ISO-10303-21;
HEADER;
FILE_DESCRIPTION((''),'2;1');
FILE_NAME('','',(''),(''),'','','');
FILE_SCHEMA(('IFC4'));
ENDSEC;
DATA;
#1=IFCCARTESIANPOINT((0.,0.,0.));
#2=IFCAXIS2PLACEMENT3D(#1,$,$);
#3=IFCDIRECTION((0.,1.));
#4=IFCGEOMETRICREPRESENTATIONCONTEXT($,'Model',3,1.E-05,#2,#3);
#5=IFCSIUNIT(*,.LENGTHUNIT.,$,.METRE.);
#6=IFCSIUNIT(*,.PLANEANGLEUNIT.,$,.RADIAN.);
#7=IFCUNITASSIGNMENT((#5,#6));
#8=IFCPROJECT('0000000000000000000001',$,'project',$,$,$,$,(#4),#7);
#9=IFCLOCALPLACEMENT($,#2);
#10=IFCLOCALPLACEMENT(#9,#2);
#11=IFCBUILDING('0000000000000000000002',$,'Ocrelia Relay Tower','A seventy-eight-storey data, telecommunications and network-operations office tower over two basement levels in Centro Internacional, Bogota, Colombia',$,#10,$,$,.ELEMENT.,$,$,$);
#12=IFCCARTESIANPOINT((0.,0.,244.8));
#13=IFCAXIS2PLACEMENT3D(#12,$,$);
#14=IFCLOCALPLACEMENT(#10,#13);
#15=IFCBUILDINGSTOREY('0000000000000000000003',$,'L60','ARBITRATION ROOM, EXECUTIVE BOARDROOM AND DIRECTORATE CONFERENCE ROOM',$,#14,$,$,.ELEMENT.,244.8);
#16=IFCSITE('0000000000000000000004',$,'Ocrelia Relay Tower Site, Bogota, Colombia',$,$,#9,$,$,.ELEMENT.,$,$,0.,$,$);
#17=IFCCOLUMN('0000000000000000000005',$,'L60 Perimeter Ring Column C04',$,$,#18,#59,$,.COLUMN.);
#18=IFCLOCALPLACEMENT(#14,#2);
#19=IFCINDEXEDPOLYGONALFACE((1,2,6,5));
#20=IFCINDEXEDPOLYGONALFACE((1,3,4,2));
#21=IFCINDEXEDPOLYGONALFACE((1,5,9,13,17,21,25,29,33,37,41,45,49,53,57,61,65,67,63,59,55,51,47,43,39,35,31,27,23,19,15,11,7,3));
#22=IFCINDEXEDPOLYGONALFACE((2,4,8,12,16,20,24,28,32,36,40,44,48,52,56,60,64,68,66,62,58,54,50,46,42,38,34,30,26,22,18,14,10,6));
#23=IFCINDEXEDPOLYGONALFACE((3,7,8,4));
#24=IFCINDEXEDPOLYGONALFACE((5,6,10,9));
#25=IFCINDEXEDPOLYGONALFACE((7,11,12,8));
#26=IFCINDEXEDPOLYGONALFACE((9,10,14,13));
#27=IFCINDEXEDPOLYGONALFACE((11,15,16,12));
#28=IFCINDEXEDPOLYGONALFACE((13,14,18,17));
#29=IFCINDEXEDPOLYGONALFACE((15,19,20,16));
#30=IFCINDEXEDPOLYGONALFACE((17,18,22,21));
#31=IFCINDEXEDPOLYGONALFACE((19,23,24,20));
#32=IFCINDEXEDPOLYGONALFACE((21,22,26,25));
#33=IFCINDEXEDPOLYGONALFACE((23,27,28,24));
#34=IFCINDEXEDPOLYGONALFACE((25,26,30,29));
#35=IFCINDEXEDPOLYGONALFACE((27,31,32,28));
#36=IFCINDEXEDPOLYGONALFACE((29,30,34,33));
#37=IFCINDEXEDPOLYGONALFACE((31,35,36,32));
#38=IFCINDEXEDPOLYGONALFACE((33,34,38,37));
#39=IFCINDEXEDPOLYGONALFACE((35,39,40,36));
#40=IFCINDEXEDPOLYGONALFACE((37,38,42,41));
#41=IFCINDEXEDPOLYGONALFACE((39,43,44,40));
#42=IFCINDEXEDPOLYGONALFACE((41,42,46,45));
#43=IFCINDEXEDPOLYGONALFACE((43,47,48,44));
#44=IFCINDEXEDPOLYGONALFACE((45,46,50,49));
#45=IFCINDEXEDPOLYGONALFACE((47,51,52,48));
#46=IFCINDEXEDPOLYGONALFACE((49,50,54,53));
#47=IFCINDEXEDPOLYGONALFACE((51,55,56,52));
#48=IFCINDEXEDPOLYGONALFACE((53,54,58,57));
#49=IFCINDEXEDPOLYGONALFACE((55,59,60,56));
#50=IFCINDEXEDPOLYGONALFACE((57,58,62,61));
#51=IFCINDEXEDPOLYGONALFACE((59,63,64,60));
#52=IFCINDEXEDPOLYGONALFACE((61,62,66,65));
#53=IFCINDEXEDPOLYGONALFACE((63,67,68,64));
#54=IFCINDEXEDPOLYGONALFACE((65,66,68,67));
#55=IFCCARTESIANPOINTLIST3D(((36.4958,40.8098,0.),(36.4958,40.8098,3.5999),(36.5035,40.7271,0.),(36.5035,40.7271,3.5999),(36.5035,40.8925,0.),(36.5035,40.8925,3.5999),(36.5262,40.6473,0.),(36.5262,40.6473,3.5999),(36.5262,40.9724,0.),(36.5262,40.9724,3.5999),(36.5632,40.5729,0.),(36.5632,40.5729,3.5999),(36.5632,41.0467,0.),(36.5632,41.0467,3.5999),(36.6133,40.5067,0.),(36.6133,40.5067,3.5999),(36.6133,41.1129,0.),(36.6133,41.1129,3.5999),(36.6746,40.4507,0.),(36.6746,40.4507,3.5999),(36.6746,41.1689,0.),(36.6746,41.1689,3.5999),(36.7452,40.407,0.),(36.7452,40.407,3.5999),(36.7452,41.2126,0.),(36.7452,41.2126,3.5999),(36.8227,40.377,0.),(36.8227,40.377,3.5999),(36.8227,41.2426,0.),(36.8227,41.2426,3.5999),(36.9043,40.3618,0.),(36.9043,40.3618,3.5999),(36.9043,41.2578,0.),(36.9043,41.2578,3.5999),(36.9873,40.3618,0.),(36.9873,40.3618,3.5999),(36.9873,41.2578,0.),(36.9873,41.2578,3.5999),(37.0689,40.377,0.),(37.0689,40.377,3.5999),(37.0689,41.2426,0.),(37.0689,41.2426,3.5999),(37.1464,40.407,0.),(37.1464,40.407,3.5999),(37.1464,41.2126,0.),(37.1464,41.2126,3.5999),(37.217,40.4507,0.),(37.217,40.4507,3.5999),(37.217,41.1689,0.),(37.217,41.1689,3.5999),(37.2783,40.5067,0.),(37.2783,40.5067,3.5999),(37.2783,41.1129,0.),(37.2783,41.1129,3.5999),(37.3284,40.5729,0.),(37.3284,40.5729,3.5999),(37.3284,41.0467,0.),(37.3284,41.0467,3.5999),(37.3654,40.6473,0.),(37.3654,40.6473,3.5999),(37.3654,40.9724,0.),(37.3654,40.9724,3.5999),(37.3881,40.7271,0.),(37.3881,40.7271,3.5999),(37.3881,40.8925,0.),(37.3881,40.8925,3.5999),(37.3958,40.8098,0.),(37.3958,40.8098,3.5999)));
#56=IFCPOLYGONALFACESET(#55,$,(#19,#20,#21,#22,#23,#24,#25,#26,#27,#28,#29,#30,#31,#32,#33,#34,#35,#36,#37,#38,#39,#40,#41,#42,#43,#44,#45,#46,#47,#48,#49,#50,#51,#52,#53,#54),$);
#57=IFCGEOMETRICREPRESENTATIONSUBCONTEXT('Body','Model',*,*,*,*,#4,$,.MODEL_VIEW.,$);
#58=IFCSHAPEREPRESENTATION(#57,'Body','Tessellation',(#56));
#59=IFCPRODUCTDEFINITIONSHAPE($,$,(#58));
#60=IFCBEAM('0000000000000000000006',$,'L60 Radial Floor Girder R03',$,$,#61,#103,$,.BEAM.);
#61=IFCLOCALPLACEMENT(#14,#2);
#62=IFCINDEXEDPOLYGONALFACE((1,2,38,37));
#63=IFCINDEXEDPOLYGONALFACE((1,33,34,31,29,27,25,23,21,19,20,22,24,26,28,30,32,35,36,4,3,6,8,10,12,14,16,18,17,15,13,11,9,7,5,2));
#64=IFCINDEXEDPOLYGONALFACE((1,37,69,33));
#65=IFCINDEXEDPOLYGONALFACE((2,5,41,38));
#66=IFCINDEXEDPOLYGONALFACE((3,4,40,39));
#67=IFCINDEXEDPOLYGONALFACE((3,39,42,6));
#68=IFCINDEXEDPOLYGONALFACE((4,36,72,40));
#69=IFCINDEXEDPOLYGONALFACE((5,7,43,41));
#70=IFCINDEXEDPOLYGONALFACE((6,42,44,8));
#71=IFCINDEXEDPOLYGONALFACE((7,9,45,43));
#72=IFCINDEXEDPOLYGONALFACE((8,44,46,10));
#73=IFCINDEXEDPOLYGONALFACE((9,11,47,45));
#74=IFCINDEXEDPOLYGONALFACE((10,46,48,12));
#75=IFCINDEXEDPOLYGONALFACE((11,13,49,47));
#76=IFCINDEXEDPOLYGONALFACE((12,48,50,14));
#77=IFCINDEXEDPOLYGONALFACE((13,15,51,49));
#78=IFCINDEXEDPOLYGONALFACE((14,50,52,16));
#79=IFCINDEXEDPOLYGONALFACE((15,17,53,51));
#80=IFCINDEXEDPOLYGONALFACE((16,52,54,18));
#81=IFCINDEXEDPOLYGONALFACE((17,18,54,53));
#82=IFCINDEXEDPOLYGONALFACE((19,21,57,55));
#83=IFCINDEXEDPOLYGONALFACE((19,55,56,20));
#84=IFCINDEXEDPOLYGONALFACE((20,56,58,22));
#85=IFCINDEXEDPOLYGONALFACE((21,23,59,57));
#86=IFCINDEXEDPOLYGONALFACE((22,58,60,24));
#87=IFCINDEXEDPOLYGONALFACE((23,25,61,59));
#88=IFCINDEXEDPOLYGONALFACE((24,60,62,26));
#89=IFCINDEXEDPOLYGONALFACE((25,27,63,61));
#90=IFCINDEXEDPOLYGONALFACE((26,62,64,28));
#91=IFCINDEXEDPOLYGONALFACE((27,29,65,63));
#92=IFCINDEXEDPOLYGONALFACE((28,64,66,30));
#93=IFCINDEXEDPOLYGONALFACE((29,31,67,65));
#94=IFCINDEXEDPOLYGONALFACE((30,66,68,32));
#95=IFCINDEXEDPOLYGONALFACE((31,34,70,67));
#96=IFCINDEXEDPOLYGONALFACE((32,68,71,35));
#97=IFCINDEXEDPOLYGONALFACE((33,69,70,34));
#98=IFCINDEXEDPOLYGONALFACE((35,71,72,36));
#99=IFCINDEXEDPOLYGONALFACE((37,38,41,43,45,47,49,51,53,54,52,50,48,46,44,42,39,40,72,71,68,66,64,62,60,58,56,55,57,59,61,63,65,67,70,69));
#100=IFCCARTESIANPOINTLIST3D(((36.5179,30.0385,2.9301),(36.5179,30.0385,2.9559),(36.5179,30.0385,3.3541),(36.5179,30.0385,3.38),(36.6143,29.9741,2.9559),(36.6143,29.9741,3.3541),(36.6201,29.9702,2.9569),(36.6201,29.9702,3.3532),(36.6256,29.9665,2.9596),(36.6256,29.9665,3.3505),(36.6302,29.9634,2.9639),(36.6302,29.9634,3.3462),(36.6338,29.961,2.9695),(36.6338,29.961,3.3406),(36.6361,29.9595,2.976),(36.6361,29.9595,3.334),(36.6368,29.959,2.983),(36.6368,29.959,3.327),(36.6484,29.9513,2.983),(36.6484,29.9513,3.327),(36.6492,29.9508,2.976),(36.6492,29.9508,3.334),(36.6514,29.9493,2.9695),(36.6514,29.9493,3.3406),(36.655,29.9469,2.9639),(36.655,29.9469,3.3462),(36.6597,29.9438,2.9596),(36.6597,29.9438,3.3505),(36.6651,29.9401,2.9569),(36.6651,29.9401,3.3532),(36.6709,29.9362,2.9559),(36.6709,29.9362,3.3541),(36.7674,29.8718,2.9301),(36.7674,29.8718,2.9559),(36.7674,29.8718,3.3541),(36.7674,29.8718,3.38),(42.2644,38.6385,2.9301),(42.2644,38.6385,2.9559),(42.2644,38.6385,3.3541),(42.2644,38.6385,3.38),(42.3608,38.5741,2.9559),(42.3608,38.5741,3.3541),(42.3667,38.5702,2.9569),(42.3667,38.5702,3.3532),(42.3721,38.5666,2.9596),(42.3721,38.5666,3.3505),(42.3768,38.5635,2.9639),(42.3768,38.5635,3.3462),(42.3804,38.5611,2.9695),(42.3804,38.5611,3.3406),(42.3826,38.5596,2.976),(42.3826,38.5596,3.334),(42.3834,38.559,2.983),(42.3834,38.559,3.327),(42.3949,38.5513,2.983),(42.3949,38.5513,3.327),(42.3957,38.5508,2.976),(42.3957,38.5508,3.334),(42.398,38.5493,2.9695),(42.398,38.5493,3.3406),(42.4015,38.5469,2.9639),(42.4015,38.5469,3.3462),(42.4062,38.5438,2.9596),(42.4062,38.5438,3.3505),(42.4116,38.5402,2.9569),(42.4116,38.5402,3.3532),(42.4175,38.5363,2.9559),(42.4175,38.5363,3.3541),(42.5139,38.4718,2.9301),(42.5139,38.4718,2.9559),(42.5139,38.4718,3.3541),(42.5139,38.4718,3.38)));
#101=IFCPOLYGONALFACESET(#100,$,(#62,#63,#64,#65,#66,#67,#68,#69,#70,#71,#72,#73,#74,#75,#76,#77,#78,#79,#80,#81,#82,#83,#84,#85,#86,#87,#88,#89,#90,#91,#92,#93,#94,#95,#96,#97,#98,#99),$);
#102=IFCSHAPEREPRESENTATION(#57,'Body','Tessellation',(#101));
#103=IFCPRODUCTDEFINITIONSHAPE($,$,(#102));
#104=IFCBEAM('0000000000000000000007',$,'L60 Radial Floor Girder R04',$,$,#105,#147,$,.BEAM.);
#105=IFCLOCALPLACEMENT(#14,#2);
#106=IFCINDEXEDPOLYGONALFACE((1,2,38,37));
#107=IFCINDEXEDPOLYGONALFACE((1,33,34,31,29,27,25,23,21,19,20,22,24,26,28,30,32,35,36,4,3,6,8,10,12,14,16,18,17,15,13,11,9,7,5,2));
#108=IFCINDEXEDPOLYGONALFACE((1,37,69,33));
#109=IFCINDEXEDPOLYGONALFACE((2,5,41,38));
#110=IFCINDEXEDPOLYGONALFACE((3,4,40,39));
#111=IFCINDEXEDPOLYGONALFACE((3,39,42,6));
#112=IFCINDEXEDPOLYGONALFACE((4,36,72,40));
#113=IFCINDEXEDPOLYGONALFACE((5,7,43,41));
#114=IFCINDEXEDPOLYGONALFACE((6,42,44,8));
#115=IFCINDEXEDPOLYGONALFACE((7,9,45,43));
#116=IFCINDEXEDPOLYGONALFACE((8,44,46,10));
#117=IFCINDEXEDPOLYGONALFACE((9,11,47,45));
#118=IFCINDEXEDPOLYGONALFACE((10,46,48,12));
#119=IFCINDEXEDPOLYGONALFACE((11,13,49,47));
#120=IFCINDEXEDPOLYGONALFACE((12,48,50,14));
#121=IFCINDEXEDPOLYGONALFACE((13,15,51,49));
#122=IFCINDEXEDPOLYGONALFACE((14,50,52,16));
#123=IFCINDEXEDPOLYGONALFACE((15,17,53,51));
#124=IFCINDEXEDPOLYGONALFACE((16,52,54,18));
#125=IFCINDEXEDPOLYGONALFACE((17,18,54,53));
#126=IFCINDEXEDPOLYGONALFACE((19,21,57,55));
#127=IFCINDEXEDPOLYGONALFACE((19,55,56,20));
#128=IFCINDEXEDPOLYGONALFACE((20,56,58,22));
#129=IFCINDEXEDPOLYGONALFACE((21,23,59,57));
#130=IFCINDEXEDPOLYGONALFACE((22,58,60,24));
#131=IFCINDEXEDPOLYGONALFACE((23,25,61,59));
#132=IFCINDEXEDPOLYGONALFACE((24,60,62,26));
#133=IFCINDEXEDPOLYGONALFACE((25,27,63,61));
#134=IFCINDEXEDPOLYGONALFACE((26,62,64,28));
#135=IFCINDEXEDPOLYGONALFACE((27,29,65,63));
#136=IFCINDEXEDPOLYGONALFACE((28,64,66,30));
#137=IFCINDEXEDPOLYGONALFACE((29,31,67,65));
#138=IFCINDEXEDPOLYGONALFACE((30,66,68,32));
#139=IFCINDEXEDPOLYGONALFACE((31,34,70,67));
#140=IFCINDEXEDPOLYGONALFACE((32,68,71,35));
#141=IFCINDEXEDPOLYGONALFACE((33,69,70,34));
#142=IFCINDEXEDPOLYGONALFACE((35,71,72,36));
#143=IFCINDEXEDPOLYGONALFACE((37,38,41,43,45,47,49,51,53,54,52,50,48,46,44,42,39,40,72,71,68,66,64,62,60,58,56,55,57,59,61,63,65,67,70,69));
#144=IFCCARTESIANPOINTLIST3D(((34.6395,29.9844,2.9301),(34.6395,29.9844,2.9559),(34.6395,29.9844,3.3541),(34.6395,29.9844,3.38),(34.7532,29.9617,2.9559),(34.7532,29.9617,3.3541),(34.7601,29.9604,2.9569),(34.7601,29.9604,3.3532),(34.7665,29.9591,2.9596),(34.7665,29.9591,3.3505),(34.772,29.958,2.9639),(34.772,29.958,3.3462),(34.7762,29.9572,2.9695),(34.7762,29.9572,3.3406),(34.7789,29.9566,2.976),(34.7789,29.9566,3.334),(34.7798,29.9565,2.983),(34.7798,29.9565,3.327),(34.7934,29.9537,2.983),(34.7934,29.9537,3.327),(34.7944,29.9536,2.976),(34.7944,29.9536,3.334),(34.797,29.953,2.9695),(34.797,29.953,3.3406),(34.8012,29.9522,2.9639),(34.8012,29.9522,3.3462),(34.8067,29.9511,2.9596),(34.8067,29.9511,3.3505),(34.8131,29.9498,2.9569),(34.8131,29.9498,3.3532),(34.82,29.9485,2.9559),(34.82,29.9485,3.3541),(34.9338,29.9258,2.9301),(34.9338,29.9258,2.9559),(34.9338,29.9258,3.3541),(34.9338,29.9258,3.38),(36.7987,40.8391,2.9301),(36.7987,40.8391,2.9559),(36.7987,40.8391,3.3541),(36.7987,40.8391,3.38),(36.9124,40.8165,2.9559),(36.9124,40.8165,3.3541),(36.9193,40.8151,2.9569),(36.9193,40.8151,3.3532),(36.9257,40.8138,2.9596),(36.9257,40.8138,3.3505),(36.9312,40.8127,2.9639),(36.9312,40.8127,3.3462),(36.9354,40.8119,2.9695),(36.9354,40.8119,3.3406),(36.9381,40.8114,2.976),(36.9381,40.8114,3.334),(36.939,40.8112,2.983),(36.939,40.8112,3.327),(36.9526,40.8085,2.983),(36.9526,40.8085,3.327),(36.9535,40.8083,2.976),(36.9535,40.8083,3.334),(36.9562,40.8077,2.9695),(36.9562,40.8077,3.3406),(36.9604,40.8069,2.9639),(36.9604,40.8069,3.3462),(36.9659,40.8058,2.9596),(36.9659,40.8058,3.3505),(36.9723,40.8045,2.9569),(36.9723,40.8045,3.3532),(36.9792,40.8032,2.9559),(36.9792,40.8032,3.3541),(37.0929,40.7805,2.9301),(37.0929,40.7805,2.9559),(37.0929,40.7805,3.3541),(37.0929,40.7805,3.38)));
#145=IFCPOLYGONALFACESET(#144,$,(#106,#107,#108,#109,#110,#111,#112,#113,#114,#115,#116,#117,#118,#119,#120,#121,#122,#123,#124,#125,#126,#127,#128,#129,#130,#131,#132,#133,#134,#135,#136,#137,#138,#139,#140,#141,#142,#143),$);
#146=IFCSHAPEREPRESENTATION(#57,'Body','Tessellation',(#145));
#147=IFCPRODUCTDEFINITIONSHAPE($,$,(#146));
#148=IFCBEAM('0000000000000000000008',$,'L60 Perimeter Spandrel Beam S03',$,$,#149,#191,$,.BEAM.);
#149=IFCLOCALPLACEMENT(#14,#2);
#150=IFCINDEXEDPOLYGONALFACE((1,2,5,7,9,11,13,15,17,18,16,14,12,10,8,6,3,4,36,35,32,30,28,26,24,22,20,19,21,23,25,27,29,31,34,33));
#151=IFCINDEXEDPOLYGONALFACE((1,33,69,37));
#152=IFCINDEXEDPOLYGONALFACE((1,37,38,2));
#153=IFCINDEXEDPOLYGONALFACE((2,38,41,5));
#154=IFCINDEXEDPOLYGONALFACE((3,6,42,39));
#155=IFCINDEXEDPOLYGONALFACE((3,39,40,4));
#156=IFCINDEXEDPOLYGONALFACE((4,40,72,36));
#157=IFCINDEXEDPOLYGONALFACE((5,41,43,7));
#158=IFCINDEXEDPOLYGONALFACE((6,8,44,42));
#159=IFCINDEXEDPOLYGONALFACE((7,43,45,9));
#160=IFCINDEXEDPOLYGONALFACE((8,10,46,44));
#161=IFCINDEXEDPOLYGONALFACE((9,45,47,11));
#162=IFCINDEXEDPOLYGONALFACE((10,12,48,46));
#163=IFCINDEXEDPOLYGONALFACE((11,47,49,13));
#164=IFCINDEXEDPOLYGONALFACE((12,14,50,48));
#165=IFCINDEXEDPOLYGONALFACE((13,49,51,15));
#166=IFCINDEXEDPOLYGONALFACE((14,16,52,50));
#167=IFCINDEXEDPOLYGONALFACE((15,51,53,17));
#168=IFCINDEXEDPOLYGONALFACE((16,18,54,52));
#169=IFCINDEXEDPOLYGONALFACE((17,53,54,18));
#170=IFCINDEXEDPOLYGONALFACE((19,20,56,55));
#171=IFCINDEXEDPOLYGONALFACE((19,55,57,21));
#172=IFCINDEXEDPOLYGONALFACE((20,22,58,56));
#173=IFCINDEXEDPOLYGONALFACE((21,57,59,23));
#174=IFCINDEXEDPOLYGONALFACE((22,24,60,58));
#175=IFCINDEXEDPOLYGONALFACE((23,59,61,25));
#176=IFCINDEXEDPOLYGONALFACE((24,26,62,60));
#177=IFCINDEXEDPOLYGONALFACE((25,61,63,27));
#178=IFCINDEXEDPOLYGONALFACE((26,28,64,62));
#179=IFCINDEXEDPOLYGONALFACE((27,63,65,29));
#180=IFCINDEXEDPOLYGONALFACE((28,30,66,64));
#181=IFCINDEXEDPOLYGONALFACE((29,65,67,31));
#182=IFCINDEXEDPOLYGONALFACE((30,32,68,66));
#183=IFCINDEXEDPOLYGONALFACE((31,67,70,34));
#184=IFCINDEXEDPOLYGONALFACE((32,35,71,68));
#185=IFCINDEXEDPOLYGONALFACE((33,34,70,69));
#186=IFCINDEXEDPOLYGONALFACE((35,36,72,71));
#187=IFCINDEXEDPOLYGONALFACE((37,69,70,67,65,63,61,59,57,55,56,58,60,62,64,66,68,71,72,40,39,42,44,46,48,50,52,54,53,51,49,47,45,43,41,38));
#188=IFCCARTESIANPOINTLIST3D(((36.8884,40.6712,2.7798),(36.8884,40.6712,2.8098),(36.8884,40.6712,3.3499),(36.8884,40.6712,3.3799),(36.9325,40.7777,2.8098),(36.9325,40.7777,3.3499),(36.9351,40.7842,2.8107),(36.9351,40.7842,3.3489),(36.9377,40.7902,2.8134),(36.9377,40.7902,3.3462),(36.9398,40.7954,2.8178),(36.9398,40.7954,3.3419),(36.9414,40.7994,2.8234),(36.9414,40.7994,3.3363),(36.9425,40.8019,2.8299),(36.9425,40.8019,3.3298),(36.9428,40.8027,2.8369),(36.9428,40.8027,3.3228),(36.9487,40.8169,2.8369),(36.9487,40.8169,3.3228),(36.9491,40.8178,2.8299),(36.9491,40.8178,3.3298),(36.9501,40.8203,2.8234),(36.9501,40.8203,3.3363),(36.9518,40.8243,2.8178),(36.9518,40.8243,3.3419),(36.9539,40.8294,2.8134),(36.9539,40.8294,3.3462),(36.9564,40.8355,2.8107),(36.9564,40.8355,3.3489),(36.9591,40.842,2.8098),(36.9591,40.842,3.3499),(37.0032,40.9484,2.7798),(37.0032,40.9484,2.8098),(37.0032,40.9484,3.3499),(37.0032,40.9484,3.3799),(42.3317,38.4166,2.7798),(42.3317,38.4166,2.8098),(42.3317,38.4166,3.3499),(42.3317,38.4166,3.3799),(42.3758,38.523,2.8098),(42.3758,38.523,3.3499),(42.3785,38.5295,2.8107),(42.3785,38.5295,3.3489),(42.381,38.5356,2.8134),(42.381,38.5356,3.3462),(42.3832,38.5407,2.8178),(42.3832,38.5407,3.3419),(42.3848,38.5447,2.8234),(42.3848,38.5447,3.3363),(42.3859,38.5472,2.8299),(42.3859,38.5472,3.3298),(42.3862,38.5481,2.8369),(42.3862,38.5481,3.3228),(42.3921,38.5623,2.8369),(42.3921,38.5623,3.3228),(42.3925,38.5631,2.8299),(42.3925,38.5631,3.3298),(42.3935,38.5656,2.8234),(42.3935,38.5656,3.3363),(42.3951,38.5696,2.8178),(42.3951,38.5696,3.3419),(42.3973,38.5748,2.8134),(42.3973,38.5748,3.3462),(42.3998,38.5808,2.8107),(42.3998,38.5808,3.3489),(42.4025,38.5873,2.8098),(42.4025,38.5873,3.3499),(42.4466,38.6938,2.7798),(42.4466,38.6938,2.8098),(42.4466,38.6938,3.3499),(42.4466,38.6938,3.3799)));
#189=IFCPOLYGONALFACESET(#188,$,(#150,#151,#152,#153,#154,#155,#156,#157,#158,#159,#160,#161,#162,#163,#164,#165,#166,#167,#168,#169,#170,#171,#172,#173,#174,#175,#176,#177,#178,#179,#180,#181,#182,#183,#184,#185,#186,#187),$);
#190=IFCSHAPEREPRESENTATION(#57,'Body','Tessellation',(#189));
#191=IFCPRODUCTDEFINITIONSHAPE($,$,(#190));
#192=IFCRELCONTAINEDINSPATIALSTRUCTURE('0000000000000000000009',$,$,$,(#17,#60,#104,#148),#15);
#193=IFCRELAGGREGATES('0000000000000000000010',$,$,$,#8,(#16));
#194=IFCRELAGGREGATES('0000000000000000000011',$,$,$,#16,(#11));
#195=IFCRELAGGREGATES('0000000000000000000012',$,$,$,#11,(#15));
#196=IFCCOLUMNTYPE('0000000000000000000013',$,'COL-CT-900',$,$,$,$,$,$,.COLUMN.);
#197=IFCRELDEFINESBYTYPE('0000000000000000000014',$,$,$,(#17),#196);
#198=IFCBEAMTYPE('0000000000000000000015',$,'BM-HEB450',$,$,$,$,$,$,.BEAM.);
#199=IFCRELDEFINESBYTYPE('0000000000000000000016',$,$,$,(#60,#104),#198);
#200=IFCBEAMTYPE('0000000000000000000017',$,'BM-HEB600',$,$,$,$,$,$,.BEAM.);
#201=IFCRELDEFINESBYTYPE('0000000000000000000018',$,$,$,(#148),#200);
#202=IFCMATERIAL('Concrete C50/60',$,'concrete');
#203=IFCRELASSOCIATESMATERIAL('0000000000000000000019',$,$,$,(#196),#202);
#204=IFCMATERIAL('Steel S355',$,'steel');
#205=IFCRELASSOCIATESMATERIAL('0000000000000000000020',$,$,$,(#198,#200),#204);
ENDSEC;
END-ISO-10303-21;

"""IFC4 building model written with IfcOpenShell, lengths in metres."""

from ifc_helpers import new_model, si_unit, direction, frame, origin, origin_2d, place, context, subcontext, project, spatial, circle, i_section, extrude, material, material_profile, profile_set, type_object, element, save


model = new_model("IFC4")

# Units and contexts
model_context = context("Model", 3, precision=1e-05, world=origin(), true_north=direction((0.0, 1.0)))
body_context = subcontext(model_context, "Body", "Model", "MODEL_VIEW")
ifc_project = project(units=[si_unit("LENGTHUNIT", "METRE"), si_unit("PLANEANGLEUNIT", "RADIAN")], contexts=[model_context])

# Site, building, storey
site_placement = place(None, origin())
site = spatial("IfcSite", under=ifc_project, at=site_placement, Name="Ocrelia Relay Tower Site, Bogota, Colombia", CompositionType="ELEMENT", RefElevation=0.0)
building_placement = place(site_placement, origin())
building = spatial("IfcBuilding", under=site, at=building_placement, Name="Ocrelia Relay Tower", Description="A seventy-eight-storey data, telecommunications and network-operations office tower over two basement levels in Centro Internacional, Bogota, Colombia", CompositionType="ELEMENT")
storey_placement = place(building_placement, frame((0.0, 0.0, 244.8)))
storey = spatial("IfcBuildingStorey", under=building, at=storey_placement, Name="L60", Description="ARBITRATION ROOM, EXECUTIVE BOARDROOM AND DIRECTORATE CONFERENCE ROOM", CompositionType="ELEMENT", Elevation=244.8)

# Column
ifc_material_1 = material(Name="Concrete C50/60", Category="concrete")
ifc_material_profile_1 = material_profile(ifc_material_1, circle(Radius=0.45, at=origin_2d()), Name="RC-CIR-900")
ifc_profile_set_1 = profile_set([ifc_material_profile_1], Name="Concrete C50/60")
column_type = type_object("IfcColumnType", Name="COL-CT-900", PredefinedType="COLUMN", material=ifc_profile_set_1)
column_placement = place(storey_placement, frame((36.9458, 40.8098, 0.0), z_axis=(0.0, 0.0, 1.0), x_axis=(1.0, 0.0, 0.0)))
element("IfcColumn", 1, at=column_placement, inside=storey, type_object=column_type, Name="L60 Perimeter Ring Column C04", PredefinedType="COLUMN", context=body_context, shape_type="SweptSolid", body=[
    extrude(circle(Radius=0.45, at=origin_2d()), origin(), (0.0, 0.0, 1.0), 3.5999),
])

# Beams
ifc_material_2 = material(Name="Steel S355", Category="steel")
ifc_material_profile_2 = material_profile(ifc_material_2, i_section(OverallWidth=0.3, OverallDepth=0.45, WebThickness=0.0139, FlangeThickness=0.0259, FilletRadius=0.0271, at=origin_2d()), Name="HEB 450")
ifc_profile_set_2 = profile_set([ifc_material_profile_2], Name="Steel S355")
beam_type_1 = type_object("IfcBeamType", Name="BM-HEB450", PredefinedType="BEAM", material=ifc_profile_set_2)
beam_1_placement = place(storey_placement, frame((42.3892, 38.5552, 3.155), z_axis=(-0.555582, -0.831462, 0.0), x_axis=(0.831462, -0.555582, 0.0)))
element("IfcBeam", 2, at=beam_1_placement, inside=storey, type_object=beam_type_1, Name="L60 Radial Floor Girder R03", PredefinedType="BEAM", context=body_context, shape_type="SweptSolid", body=[
    extrude(i_section(OverallWidth=0.3, OverallDepth=0.45, WebThickness=0.0139, FlangeThickness=0.0259, FilletRadius=0.0271, at=origin_2d()), origin(), (0.0, 0.0, 1.0), 10.3433),
])
beam_2_placement = place(storey_placement, frame((36.9458, 40.8098, 3.155), z_axis=(-0.195094, -0.980785, 0.0), x_axis=(0.980785, -0.195094, 0.0)))
element("IfcBeam", 3, at=beam_2_placement, inside=storey, type_object=beam_type_1, Name="L60 Radial Floor Girder R04", PredefinedType="BEAM", context=body_context, shape_type="SweptSolid", body=[
    extrude(i_section(OverallWidth=0.3, OverallDepth=0.45, WebThickness=0.0139, FlangeThickness=0.0259, FilletRadius=0.0271, at=origin_2d()), origin(), (0.0, 0.0, 1.0), 11.0674),
])
ifc_material_profile_3 = material_profile(ifc_material_2, i_section(OverallWidth=0.3, OverallDepth=0.6001, WebThickness=0.0154, FlangeThickness=0.03, FilletRadius=0.0271, at=origin_2d()), Name="HEB 600")
ifc_profile_set_3 = profile_set([ifc_material_profile_3], Name="Steel S355")
beam_type_2 = type_object("IfcBeamType", Name="BM-HEB600", PredefinedType="BEAM", material=ifc_profile_set_3)
beam_3_placement = place(storey_placement, frame((42.3892, 38.5552, 3.0798), z_axis=(-0.923884, 0.382673, 0.0), x_axis=(-0.382673, -0.923884, 0.0)))
element("IfcBeam", 4, at=beam_3_placement, inside=storey, type_object=beam_type_2, Name="L60 Perimeter Spandrel Beam S03", PredefinedType="BEAM", context=body_context, shape_type="SweptSolid", body=[
    extrude(i_section(OverallWidth=0.3, OverallDepth=0.6001, WebThickness=0.0154, FlangeThickness=0.03, FilletRadius=0.0271, at=origin_2d()), origin(), (0.0, 0.0, 1.0), 5.8918),
])

save(model, "model.ifc")
